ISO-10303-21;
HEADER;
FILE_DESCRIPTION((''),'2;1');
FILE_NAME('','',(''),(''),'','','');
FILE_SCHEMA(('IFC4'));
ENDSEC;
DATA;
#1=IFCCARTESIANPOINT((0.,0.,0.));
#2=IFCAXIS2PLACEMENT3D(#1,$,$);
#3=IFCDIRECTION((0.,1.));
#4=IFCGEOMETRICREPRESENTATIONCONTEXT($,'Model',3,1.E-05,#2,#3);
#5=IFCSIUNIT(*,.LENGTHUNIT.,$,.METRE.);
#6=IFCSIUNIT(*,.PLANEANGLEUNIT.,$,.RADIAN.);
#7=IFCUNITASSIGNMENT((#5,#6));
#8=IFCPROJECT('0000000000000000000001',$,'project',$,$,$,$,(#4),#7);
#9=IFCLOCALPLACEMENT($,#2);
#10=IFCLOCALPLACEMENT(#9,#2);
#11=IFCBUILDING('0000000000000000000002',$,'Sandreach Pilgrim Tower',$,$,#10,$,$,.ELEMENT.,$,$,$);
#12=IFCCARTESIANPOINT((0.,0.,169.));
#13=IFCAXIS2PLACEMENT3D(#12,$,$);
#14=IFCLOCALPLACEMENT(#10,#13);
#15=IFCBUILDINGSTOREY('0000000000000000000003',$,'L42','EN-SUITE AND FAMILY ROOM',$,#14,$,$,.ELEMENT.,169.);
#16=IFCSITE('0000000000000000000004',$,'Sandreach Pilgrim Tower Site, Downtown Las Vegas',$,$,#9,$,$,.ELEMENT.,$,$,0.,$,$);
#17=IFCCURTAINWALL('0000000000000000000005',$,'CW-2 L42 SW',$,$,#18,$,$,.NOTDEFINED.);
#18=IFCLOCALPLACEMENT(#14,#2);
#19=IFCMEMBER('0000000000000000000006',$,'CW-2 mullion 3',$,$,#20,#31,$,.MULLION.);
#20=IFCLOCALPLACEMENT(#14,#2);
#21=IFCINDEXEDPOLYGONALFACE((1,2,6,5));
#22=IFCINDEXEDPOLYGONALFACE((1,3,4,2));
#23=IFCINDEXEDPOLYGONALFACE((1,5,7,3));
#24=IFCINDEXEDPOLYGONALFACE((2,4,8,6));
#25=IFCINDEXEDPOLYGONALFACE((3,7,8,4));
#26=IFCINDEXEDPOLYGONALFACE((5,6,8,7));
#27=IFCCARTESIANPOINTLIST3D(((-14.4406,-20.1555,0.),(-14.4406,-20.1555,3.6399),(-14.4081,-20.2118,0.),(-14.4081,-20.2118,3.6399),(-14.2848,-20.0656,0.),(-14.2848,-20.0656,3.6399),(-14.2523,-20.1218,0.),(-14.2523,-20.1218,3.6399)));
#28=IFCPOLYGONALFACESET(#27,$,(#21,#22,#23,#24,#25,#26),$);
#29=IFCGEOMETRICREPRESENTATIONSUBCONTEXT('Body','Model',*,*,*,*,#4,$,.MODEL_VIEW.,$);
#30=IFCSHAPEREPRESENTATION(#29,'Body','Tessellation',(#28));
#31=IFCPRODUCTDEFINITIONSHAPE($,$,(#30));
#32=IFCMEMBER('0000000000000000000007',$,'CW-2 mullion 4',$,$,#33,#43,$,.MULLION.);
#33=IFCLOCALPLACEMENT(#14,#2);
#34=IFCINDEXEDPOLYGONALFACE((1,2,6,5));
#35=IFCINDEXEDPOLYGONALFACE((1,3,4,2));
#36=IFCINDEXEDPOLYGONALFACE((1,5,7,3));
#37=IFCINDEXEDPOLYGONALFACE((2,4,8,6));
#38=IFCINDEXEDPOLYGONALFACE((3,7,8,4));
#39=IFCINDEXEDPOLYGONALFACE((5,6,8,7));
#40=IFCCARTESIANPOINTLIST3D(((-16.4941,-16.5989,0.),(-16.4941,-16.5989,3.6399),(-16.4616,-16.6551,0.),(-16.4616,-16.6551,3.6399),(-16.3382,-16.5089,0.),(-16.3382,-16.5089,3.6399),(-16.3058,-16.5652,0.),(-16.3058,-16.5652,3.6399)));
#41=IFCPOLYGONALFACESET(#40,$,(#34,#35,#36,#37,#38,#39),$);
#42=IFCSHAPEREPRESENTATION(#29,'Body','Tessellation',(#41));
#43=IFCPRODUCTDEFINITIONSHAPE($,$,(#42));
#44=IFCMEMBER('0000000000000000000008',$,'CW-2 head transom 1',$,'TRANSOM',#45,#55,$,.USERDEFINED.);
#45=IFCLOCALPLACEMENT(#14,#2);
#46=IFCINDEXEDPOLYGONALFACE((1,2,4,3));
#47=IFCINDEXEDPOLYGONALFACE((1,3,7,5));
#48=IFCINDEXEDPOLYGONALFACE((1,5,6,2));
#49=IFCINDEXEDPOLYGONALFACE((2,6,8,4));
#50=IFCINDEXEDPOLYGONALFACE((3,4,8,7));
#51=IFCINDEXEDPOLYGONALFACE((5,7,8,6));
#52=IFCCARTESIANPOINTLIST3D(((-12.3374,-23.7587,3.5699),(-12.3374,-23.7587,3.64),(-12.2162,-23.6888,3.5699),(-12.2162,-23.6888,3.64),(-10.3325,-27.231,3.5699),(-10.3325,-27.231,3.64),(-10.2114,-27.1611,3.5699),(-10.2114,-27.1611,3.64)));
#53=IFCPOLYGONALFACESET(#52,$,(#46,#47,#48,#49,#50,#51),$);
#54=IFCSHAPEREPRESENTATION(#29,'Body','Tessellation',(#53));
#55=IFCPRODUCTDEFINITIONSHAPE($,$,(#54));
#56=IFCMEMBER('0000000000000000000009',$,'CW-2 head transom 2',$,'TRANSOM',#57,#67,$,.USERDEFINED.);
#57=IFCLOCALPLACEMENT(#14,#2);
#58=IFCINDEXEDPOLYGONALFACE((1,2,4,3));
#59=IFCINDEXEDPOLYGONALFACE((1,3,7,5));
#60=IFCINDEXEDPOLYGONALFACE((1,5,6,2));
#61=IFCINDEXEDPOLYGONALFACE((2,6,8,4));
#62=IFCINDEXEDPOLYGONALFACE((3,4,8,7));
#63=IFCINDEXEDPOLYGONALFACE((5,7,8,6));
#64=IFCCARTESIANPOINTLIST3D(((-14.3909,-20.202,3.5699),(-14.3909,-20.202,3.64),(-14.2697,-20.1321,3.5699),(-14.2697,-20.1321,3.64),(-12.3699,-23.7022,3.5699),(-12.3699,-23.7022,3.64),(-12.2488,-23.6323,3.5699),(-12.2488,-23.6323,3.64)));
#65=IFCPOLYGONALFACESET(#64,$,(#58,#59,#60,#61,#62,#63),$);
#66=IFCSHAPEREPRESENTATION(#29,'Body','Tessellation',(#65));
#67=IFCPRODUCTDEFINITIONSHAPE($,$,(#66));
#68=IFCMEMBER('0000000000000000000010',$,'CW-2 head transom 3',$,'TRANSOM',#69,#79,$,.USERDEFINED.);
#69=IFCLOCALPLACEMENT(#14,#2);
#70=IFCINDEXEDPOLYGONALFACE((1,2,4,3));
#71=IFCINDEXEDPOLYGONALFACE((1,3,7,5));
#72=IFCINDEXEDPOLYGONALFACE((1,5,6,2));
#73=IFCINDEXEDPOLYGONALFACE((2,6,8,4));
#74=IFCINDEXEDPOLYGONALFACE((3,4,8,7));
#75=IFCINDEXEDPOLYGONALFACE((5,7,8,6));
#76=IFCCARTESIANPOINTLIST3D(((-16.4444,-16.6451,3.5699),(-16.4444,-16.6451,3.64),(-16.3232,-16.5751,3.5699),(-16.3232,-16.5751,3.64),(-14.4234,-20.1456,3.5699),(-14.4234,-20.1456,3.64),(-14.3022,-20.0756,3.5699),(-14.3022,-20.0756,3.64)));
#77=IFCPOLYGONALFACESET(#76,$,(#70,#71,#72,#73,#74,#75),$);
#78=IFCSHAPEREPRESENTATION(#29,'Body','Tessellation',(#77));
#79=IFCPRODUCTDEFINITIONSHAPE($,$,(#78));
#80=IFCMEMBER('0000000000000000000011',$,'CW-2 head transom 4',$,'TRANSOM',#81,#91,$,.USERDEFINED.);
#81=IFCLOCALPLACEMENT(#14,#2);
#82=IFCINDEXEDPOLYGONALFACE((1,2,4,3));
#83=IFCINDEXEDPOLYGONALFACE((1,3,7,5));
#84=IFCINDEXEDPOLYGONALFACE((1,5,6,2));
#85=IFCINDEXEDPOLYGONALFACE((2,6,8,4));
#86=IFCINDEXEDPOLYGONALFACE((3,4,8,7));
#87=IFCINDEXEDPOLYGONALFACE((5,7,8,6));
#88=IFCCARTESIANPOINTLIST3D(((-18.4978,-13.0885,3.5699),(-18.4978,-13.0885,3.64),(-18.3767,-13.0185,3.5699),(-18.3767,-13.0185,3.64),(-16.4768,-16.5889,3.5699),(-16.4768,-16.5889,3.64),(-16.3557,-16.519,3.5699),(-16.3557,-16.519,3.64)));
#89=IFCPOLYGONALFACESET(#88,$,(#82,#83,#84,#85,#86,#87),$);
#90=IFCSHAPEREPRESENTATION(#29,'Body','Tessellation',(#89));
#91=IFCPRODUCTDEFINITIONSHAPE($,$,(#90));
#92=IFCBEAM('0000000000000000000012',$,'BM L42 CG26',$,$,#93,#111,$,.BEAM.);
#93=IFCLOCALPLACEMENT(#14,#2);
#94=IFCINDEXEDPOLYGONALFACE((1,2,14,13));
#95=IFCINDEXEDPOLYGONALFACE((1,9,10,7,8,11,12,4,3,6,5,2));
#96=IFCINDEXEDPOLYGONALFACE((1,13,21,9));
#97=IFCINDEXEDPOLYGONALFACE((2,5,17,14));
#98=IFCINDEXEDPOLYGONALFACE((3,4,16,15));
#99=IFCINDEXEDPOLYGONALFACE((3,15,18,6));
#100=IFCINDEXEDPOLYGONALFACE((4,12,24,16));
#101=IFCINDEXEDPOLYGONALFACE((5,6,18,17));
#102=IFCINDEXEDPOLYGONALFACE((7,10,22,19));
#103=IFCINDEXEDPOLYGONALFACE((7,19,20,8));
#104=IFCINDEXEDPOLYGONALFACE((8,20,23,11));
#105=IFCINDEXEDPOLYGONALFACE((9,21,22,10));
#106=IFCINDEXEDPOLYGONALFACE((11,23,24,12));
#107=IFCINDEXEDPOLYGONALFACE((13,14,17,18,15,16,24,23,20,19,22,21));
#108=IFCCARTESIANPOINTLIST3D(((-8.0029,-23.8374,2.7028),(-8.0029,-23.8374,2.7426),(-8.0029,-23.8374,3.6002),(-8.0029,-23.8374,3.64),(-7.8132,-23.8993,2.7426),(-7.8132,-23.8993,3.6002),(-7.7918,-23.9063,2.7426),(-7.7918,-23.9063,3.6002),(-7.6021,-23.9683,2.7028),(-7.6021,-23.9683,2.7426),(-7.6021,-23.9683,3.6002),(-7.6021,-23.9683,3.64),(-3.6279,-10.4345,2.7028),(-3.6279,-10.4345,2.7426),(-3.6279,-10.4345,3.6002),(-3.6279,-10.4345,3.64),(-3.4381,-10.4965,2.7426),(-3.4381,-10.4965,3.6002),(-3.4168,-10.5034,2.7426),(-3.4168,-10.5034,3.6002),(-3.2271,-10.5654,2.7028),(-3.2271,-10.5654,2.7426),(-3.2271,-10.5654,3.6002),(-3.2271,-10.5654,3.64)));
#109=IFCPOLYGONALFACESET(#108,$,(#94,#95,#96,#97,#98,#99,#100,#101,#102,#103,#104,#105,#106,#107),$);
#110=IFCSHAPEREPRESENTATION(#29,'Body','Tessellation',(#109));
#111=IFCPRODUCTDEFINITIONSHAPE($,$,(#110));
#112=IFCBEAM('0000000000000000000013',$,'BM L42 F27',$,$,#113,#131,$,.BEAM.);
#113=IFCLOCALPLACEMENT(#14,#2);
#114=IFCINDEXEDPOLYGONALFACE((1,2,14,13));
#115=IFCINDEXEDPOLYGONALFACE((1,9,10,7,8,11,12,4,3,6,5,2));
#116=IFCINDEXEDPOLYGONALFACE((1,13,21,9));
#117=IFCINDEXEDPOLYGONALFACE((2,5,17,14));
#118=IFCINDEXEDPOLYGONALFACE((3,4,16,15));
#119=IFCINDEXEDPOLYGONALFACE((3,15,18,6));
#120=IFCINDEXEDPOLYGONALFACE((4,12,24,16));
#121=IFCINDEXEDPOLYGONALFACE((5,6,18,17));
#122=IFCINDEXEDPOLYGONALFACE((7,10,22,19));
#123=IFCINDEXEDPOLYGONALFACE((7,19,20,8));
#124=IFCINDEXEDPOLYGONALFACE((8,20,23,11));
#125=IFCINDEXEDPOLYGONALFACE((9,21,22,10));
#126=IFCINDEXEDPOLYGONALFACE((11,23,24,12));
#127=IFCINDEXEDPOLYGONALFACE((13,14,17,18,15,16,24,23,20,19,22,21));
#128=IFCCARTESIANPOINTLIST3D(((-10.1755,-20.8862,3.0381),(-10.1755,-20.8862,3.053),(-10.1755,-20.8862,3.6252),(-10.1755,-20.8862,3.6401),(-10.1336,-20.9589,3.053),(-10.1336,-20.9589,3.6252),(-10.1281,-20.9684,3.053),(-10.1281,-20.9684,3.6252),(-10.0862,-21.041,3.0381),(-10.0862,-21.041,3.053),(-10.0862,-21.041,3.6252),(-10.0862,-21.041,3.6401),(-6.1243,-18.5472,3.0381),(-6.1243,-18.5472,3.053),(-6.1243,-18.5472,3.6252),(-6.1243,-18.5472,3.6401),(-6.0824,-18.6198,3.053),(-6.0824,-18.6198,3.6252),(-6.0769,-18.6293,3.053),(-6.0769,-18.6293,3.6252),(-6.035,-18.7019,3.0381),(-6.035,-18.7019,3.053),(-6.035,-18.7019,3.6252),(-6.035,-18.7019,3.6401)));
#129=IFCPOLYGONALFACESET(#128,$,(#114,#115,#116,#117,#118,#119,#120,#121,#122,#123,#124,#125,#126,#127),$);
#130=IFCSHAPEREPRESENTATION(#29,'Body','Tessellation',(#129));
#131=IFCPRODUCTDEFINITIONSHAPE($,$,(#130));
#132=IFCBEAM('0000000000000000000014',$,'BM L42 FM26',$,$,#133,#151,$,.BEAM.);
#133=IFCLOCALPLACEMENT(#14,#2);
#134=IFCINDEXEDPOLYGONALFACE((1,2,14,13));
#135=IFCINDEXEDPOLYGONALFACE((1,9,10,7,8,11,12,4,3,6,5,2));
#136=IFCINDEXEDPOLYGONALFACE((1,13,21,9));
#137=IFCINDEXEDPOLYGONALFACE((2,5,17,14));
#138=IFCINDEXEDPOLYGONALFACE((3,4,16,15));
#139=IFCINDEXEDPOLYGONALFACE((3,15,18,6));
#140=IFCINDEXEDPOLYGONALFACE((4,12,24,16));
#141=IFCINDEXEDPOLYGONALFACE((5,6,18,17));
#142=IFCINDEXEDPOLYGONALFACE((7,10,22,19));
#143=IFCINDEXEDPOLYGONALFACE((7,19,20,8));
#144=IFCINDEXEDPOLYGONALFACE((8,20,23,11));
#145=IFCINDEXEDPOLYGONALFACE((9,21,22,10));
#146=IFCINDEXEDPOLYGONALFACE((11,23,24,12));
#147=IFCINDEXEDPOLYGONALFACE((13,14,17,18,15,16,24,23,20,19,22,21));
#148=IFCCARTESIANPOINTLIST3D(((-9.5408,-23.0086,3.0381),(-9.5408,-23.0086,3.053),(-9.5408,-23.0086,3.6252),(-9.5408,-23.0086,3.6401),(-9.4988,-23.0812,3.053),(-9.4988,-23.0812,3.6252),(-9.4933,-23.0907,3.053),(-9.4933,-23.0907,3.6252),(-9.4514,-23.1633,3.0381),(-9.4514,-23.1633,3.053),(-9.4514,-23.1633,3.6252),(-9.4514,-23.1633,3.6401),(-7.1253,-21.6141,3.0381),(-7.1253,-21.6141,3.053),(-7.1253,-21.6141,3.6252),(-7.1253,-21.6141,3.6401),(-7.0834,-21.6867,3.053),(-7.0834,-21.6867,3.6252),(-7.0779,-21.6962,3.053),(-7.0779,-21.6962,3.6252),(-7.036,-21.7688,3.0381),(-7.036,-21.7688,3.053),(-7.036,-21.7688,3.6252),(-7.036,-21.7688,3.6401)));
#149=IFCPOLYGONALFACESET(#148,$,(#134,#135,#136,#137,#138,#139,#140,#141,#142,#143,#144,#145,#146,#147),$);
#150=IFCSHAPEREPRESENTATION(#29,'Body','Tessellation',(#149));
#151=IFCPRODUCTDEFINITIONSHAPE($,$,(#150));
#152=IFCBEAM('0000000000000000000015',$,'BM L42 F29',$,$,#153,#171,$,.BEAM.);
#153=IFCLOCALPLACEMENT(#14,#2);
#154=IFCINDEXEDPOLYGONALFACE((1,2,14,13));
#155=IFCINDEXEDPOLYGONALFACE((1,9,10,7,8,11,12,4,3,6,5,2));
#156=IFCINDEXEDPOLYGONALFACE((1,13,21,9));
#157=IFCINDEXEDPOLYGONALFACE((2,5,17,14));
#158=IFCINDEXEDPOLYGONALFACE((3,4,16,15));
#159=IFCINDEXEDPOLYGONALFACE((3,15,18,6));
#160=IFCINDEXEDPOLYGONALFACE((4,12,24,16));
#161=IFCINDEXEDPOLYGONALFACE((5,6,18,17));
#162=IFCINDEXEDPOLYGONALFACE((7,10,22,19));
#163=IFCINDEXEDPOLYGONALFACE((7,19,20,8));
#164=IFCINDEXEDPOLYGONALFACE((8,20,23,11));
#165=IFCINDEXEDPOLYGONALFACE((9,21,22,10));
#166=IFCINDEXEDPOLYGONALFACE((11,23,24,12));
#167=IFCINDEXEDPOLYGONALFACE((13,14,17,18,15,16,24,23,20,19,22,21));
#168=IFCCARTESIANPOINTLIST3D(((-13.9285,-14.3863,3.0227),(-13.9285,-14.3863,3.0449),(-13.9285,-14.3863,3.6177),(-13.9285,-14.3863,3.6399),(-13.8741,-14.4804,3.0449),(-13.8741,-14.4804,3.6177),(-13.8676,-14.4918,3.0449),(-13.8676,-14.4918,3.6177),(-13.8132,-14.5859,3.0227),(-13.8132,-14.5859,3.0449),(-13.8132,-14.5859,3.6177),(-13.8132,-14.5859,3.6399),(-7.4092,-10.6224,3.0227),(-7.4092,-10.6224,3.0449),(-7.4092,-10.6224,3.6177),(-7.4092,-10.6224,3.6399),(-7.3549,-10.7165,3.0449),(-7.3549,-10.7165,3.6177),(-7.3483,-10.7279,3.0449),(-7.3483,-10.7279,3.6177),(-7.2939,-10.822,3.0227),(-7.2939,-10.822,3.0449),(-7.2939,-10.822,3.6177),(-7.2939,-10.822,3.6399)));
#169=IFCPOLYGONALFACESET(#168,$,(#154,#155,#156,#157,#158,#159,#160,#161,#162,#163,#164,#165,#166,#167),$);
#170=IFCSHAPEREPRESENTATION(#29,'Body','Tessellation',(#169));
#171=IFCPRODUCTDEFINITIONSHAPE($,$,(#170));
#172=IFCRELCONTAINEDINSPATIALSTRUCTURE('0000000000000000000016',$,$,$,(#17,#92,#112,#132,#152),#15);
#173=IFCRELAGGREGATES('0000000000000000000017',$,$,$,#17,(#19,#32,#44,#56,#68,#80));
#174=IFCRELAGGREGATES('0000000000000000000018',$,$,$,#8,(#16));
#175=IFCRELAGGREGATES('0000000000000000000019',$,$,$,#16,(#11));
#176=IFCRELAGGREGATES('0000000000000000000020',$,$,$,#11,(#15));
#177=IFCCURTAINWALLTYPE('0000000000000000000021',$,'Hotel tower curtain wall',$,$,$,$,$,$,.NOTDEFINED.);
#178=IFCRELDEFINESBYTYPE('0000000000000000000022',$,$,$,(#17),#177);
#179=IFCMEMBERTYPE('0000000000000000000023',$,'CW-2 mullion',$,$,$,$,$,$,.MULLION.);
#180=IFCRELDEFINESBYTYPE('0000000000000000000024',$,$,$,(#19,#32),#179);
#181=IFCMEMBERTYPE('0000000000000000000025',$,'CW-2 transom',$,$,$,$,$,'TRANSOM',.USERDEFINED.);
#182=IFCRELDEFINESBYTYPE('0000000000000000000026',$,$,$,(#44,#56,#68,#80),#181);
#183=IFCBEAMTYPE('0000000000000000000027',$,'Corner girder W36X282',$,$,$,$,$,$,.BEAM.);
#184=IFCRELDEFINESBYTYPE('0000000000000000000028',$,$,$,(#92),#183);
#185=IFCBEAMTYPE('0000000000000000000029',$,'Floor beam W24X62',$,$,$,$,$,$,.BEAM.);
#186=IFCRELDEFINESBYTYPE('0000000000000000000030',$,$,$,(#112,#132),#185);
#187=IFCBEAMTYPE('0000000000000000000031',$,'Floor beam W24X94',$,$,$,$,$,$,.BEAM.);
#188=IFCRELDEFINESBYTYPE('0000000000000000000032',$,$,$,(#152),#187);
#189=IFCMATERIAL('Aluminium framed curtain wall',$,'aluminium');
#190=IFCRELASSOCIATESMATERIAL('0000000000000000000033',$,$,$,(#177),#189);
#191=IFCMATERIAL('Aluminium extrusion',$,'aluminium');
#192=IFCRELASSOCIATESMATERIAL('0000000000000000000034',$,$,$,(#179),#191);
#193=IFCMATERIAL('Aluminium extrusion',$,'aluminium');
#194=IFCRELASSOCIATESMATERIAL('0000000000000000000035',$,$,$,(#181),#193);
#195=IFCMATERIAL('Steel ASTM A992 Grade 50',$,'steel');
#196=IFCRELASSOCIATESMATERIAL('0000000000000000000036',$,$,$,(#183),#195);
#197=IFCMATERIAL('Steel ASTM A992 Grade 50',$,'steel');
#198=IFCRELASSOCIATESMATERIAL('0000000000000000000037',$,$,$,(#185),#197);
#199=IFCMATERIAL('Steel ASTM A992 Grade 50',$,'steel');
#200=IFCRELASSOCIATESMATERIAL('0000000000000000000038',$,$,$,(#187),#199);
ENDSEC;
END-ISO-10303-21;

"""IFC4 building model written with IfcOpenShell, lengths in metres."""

from ifc_helpers import new_model, si_unit, direction, frame, origin, origin_2d, place, context, subcontext, project, spatial, rectangle, i_section, extrude, material, material_profile, profile_set, type_object, element, aggregate, save


model = new_model("IFC4")

# Units and contexts
model_context = context("Model", 3, precision=1e-05, world=origin(), true_north=direction((0.0, 1.0)))
body_context = subcontext(model_context, "Body", "Model", "MODEL_VIEW")
ifc_project = project(units=[si_unit("LENGTHUNIT", "METRE"), si_unit("PLANEANGLEUNIT", "RADIAN")], contexts=[model_context])

# Site, building, storey
site_placement = place(None, origin())
site = spatial("IfcSite", under=ifc_project, at=site_placement, Name="Sandreach Pilgrim Tower Site, Downtown Las Vegas", CompositionType="ELEMENT", RefElevation=0.0)
building_placement = place(site_placement, origin())
building = spatial("IfcBuilding", under=site, at=building_placement, Name="Sandreach Pilgrim Tower", CompositionType="ELEMENT")
storey_placement = place(building_placement, frame((0.0, 0.0, 169.0)))
storey = spatial("IfcBuildingStorey", under=building, at=storey_placement, Name="L42", Description="EN-SUITE AND FAMILY ROOM", CompositionType="ELEMENT", Elevation=169.0)

# Shared definitions
ifc_material_1 = material(Name="Aluminium framed curtain wall", Category="aluminium")
curtain_wall_type = type_object("IfcCurtainWallType", Name="Hotel tower curtain wall", PredefinedType="NOTDEFINED", material=ifc_material_1)
ifc_material_2 = material(Name="Aluminium extrusion", Category="aluminium")
ifc_material_profile_1 = material_profile(ifc_material_2, rectangle(XDim=0.0649, YDim=0.1799, at=origin_2d()), Name="CW-2M 65X180")
ifc_profile_set_1 = profile_set([ifc_material_profile_1], Name="Aluminium extrusion")
member_type_1 = type_object("IfcMemberType", Name="CW-2 mullion", PredefinedType="MULLION", material=ifc_profile_set_1)

# Curtain wall, members
curtain_wall_1_placement = place(storey_placement, origin())
curtain_wall_1 = element("IfcCurtainWall", 1, at=curtain_wall_1_placement, inside=storey, type_object=curtain_wall_type, Name="CW-2 L42 SW", PredefinedType="NOTDEFINED")
member_1_placement = place(storey_placement, frame((-14.3464, -20.1387, 0.0), z_axis=(0.0, 0.0, 1.0), x_axis=(-0.5, 0.866025, 0.0)))
member_1 = element("IfcMember", 2, at=member_1_placement, type_object=member_type_1, Name="CW-2 mullion 3", PredefinedType="MULLION", context=body_context, shape_type="SweptSolid", body=[
    extrude(rectangle(XDim=0.0649, YDim=0.1799, at=origin_2d()), origin(), (0.0, 0.0, 1.0), 3.6399),
])
member_2_placement = place(storey_placement, frame((-16.3999, -16.582, 0.0), z_axis=(0.0, 0.0, 1.0), x_axis=(-0.5, 0.866025, 0.0)))
member_2 = element("IfcMember", 3, at=member_2_placement, type_object=member_type_1, Name="CW-2 mullion 4", PredefinedType="MULLION", context=body_context, shape_type="SweptSolid", body=[
    extrude(rectangle(XDim=0.0649, YDim=0.1799, at=origin_2d()), origin(), (0.0, 0.0, 1.0), 3.6399),
])
ifc_material_3 = material(Name="Aluminium extrusion", Category="aluminium")
ifc_material_profile_2 = material_profile(ifc_material_3, rectangle(XDim=0.1399, YDim=0.0701, at=origin_2d()), Name="CW-2T 140X70")
ifc_profile_set_2 = profile_set([ifc_material_profile_2], Name="Aluminium extrusion")
member_type_2 = type_object("IfcMemberType", Name="CW-2 transom", ElementType="TRANSOM", PredefinedType="USERDEFINED", material=ifc_profile_set_2)
member_3_placement = place(storey_placement, frame((-10.272, -27.196, 3.605), z_axis=(-0.500016, 0.866016, 0.0), x_axis=(-0.866016, -0.500016, 0.0)))
member_3 = element("IfcMember", 4, at=member_3_placement, type_object=member_type_2, Name="CW-2 head transom 1", ObjectType="TRANSOM", PredefinedType="USERDEFINED", context=body_context, shape_type="SweptSolid", body=[
    extrude(rectangle(XDim=0.1399, YDim=0.0701, at=origin_2d()), origin(), (0.0, 0.0, 1.0), 4.0095),
])
member_4_placement = place(storey_placement, frame((-12.3093, -23.6672, 3.605), z_axis=(-0.500024, 0.866012, 0.0), x_axis=(-0.866012, -0.500024, 0.0)))
member_4 = element("IfcMember", 5, at=member_4_placement, type_object=member_type_2, Name="CW-2 head transom 2", ObjectType="TRANSOM", PredefinedType="USERDEFINED", context=body_context, shape_type="SweptSolid", body=[
    extrude(rectangle(XDim=0.1399, YDim=0.0701, at=origin_2d()), origin(), (0.0, 0.0, 1.0), 4.0417),
])
member_5_placement = place(storey_placement, frame((-14.3628, -20.1106, 3.605), z_axis=(-0.499998, 0.866027, 0.0), x_axis=(-0.866027, -0.499998, 0.0)))
member_5 = element("IfcMember", 6, at=member_5_placement, type_object=member_type_2, Name="CW-2 head transom 3", ObjectType="TRANSOM", PredefinedType="USERDEFINED", context=body_context, shape_type="SweptSolid", body=[
    extrude(rectangle(XDim=0.1399, YDim=0.0701, at=origin_2d()), origin(), (0.0, 0.0, 1.0), 4.042),
])
member_6_placement = place(storey_placement, frame((-16.4163, -16.554, 3.605), z_axis=(-0.499998, 0.866027, 0.0), x_axis=(-0.866027, -0.499998, 0.0)))
member_6 = element("IfcMember", 7, at=member_6_placement, type_object=member_type_2, Name="CW-2 head transom 4", ObjectType="TRANSOM", PredefinedType="USERDEFINED", context=body_context, shape_type="SweptSolid", body=[
    extrude(rectangle(XDim=0.1399, YDim=0.0701, at=origin_2d()), origin(), (0.0, 0.0, 1.0), 4.042),
])

# Beams
ifc_material_4 = material(Name="Steel ASTM A992 Grade 50", Category="steel")
ifc_material_profile_3 = material_profile(ifc_material_4, i_section(OverallWidth=0.4216, OverallDepth=0.9373, WebThickness=0.0225, FlangeThickness=0.0398, at=origin_2d()), Name="W36X282")
ifc_profile_set_3 = profile_set([ifc_material_profile_3], Name="Steel ASTM A992 Grade 50")
beam_type_1 = type_object("IfcBeamType", Name="Corner girder W36X282", PredefinedType="BEAM", material=ifc_profile_set_3)
beam_1_placement = place(storey_placement, frame((-7.8025, -23.9028, 3.1714), z_axis=(0.31031, 0.950635, 0.0), x_axis=(-0.950635, 0.31031, 0.0)))
element("IfcBeam", 8, at=beam_1_placement, inside=storey, type_object=beam_type_1, Name="BM L42 CG26", PredefinedType="BEAM", context=body_context, shape_type="SweptSolid", body=[
    extrude(i_section(OverallWidth=0.4216, OverallDepth=0.9373, WebThickness=0.0225, FlangeThickness=0.0398, at=origin_2d()), origin(), (0.0, 0.0, 1.0), 14.0989),
])
ifc_material_5 = material(Name="Steel ASTM A992 Grade 50", Category="steel")
ifc_material_profile_4 = material_profile(ifc_material_5, i_section(OverallWidth=0.1787, OverallDepth=0.6021, WebThickness=0.011, FlangeThickness=0.0149, at=origin_2d()), Name="W24X62")
ifc_profile_set_4 = profile_set([ifc_material_profile_4], Name="Steel ASTM A992 Grade 50")
beam_type_2 = type_object("IfcBeamType", Name="Floor beam W24X62", PredefinedType="BEAM", material=ifc_profile_set_4)
beam_2_placement = place(storey_placement, frame((-10.1309, -20.9636, 3.3391), z_axis=(0.866015, 0.500018, 0.0), x_axis=(-0.500018, 0.866015, 0.0)))
element("IfcBeam", 9, at=beam_2_placement, inside=storey, type_object=beam_type_2, Name="BM L42 F27", PredefinedType="BEAM", context=body_context, shape_type="SweptSolid", body=[
    extrude(i_section(OverallWidth=0.1787, OverallDepth=0.6021, WebThickness=0.011, FlangeThickness=0.0149, at=origin_2d()), origin(), (0.0, 0.0, 1.0), 4.678),
])
beam_3_placement = place(storey_placement, frame((-9.4961, -23.0859, 3.3391), z_axis=(0.866037, 0.49998, 0.0), x_axis=(-0.49998, 0.866037, 0.0)))
element("IfcBeam", 10, at=beam_3_placement, inside=storey, type_object=beam_type_2, Name="BM L42 FM26", PredefinedType="BEAM", context=body_context, shape_type="SweptSolid", body=[
    extrude(i_section(OverallWidth=0.1787, OverallDepth=0.6021, WebThickness=0.011, FlangeThickness=0.0149, at=origin_2d()), origin(), (0.0, 0.0, 1.0), 2.7891),
])
ifc_material_6 = material(Name="Steel ASTM A992 Grade 50", Category="steel")
ifc_material_profile_5 = material_profile(ifc_material_6, i_section(OverallWidth=0.2305, OverallDepth=0.6172, WebThickness=0.0132, FlangeThickness=0.0222, at=origin_2d()), Name="W24X94")
ifc_profile_set_5 = profile_set([ifc_material_profile_5], Name="Steel ASTM A992 Grade 50")
beam_type_3 = type_object("IfcBeamType", Name="Floor beam W24X94", PredefinedType="BEAM", material=ifc_profile_set_5)
beam_4_placement = place(storey_placement, frame((-13.8708, -14.4861, 3.3313), z_axis=(0.866025, 0.5, 0.0), x_axis=(-0.5, 0.866025, 0.0)))
element("IfcBeam", 11, at=beam_4_placement, inside=storey, type_object=beam_type_3, Name="BM L42 F29", PredefinedType="BEAM", context=body_context, shape_type="SweptSolid", body=[
    extrude(i_section(OverallWidth=0.2305, OverallDepth=0.6172, WebThickness=0.0132, FlangeThickness=0.0222, at=origin_2d()), origin(), (0.0, 0.0, 1.0), 7.5278),
])

aggregate(curtain_wall_1, [member_1, member_2, member_3, member_4, member_5, member_6])

save(model, "model.ifc")
